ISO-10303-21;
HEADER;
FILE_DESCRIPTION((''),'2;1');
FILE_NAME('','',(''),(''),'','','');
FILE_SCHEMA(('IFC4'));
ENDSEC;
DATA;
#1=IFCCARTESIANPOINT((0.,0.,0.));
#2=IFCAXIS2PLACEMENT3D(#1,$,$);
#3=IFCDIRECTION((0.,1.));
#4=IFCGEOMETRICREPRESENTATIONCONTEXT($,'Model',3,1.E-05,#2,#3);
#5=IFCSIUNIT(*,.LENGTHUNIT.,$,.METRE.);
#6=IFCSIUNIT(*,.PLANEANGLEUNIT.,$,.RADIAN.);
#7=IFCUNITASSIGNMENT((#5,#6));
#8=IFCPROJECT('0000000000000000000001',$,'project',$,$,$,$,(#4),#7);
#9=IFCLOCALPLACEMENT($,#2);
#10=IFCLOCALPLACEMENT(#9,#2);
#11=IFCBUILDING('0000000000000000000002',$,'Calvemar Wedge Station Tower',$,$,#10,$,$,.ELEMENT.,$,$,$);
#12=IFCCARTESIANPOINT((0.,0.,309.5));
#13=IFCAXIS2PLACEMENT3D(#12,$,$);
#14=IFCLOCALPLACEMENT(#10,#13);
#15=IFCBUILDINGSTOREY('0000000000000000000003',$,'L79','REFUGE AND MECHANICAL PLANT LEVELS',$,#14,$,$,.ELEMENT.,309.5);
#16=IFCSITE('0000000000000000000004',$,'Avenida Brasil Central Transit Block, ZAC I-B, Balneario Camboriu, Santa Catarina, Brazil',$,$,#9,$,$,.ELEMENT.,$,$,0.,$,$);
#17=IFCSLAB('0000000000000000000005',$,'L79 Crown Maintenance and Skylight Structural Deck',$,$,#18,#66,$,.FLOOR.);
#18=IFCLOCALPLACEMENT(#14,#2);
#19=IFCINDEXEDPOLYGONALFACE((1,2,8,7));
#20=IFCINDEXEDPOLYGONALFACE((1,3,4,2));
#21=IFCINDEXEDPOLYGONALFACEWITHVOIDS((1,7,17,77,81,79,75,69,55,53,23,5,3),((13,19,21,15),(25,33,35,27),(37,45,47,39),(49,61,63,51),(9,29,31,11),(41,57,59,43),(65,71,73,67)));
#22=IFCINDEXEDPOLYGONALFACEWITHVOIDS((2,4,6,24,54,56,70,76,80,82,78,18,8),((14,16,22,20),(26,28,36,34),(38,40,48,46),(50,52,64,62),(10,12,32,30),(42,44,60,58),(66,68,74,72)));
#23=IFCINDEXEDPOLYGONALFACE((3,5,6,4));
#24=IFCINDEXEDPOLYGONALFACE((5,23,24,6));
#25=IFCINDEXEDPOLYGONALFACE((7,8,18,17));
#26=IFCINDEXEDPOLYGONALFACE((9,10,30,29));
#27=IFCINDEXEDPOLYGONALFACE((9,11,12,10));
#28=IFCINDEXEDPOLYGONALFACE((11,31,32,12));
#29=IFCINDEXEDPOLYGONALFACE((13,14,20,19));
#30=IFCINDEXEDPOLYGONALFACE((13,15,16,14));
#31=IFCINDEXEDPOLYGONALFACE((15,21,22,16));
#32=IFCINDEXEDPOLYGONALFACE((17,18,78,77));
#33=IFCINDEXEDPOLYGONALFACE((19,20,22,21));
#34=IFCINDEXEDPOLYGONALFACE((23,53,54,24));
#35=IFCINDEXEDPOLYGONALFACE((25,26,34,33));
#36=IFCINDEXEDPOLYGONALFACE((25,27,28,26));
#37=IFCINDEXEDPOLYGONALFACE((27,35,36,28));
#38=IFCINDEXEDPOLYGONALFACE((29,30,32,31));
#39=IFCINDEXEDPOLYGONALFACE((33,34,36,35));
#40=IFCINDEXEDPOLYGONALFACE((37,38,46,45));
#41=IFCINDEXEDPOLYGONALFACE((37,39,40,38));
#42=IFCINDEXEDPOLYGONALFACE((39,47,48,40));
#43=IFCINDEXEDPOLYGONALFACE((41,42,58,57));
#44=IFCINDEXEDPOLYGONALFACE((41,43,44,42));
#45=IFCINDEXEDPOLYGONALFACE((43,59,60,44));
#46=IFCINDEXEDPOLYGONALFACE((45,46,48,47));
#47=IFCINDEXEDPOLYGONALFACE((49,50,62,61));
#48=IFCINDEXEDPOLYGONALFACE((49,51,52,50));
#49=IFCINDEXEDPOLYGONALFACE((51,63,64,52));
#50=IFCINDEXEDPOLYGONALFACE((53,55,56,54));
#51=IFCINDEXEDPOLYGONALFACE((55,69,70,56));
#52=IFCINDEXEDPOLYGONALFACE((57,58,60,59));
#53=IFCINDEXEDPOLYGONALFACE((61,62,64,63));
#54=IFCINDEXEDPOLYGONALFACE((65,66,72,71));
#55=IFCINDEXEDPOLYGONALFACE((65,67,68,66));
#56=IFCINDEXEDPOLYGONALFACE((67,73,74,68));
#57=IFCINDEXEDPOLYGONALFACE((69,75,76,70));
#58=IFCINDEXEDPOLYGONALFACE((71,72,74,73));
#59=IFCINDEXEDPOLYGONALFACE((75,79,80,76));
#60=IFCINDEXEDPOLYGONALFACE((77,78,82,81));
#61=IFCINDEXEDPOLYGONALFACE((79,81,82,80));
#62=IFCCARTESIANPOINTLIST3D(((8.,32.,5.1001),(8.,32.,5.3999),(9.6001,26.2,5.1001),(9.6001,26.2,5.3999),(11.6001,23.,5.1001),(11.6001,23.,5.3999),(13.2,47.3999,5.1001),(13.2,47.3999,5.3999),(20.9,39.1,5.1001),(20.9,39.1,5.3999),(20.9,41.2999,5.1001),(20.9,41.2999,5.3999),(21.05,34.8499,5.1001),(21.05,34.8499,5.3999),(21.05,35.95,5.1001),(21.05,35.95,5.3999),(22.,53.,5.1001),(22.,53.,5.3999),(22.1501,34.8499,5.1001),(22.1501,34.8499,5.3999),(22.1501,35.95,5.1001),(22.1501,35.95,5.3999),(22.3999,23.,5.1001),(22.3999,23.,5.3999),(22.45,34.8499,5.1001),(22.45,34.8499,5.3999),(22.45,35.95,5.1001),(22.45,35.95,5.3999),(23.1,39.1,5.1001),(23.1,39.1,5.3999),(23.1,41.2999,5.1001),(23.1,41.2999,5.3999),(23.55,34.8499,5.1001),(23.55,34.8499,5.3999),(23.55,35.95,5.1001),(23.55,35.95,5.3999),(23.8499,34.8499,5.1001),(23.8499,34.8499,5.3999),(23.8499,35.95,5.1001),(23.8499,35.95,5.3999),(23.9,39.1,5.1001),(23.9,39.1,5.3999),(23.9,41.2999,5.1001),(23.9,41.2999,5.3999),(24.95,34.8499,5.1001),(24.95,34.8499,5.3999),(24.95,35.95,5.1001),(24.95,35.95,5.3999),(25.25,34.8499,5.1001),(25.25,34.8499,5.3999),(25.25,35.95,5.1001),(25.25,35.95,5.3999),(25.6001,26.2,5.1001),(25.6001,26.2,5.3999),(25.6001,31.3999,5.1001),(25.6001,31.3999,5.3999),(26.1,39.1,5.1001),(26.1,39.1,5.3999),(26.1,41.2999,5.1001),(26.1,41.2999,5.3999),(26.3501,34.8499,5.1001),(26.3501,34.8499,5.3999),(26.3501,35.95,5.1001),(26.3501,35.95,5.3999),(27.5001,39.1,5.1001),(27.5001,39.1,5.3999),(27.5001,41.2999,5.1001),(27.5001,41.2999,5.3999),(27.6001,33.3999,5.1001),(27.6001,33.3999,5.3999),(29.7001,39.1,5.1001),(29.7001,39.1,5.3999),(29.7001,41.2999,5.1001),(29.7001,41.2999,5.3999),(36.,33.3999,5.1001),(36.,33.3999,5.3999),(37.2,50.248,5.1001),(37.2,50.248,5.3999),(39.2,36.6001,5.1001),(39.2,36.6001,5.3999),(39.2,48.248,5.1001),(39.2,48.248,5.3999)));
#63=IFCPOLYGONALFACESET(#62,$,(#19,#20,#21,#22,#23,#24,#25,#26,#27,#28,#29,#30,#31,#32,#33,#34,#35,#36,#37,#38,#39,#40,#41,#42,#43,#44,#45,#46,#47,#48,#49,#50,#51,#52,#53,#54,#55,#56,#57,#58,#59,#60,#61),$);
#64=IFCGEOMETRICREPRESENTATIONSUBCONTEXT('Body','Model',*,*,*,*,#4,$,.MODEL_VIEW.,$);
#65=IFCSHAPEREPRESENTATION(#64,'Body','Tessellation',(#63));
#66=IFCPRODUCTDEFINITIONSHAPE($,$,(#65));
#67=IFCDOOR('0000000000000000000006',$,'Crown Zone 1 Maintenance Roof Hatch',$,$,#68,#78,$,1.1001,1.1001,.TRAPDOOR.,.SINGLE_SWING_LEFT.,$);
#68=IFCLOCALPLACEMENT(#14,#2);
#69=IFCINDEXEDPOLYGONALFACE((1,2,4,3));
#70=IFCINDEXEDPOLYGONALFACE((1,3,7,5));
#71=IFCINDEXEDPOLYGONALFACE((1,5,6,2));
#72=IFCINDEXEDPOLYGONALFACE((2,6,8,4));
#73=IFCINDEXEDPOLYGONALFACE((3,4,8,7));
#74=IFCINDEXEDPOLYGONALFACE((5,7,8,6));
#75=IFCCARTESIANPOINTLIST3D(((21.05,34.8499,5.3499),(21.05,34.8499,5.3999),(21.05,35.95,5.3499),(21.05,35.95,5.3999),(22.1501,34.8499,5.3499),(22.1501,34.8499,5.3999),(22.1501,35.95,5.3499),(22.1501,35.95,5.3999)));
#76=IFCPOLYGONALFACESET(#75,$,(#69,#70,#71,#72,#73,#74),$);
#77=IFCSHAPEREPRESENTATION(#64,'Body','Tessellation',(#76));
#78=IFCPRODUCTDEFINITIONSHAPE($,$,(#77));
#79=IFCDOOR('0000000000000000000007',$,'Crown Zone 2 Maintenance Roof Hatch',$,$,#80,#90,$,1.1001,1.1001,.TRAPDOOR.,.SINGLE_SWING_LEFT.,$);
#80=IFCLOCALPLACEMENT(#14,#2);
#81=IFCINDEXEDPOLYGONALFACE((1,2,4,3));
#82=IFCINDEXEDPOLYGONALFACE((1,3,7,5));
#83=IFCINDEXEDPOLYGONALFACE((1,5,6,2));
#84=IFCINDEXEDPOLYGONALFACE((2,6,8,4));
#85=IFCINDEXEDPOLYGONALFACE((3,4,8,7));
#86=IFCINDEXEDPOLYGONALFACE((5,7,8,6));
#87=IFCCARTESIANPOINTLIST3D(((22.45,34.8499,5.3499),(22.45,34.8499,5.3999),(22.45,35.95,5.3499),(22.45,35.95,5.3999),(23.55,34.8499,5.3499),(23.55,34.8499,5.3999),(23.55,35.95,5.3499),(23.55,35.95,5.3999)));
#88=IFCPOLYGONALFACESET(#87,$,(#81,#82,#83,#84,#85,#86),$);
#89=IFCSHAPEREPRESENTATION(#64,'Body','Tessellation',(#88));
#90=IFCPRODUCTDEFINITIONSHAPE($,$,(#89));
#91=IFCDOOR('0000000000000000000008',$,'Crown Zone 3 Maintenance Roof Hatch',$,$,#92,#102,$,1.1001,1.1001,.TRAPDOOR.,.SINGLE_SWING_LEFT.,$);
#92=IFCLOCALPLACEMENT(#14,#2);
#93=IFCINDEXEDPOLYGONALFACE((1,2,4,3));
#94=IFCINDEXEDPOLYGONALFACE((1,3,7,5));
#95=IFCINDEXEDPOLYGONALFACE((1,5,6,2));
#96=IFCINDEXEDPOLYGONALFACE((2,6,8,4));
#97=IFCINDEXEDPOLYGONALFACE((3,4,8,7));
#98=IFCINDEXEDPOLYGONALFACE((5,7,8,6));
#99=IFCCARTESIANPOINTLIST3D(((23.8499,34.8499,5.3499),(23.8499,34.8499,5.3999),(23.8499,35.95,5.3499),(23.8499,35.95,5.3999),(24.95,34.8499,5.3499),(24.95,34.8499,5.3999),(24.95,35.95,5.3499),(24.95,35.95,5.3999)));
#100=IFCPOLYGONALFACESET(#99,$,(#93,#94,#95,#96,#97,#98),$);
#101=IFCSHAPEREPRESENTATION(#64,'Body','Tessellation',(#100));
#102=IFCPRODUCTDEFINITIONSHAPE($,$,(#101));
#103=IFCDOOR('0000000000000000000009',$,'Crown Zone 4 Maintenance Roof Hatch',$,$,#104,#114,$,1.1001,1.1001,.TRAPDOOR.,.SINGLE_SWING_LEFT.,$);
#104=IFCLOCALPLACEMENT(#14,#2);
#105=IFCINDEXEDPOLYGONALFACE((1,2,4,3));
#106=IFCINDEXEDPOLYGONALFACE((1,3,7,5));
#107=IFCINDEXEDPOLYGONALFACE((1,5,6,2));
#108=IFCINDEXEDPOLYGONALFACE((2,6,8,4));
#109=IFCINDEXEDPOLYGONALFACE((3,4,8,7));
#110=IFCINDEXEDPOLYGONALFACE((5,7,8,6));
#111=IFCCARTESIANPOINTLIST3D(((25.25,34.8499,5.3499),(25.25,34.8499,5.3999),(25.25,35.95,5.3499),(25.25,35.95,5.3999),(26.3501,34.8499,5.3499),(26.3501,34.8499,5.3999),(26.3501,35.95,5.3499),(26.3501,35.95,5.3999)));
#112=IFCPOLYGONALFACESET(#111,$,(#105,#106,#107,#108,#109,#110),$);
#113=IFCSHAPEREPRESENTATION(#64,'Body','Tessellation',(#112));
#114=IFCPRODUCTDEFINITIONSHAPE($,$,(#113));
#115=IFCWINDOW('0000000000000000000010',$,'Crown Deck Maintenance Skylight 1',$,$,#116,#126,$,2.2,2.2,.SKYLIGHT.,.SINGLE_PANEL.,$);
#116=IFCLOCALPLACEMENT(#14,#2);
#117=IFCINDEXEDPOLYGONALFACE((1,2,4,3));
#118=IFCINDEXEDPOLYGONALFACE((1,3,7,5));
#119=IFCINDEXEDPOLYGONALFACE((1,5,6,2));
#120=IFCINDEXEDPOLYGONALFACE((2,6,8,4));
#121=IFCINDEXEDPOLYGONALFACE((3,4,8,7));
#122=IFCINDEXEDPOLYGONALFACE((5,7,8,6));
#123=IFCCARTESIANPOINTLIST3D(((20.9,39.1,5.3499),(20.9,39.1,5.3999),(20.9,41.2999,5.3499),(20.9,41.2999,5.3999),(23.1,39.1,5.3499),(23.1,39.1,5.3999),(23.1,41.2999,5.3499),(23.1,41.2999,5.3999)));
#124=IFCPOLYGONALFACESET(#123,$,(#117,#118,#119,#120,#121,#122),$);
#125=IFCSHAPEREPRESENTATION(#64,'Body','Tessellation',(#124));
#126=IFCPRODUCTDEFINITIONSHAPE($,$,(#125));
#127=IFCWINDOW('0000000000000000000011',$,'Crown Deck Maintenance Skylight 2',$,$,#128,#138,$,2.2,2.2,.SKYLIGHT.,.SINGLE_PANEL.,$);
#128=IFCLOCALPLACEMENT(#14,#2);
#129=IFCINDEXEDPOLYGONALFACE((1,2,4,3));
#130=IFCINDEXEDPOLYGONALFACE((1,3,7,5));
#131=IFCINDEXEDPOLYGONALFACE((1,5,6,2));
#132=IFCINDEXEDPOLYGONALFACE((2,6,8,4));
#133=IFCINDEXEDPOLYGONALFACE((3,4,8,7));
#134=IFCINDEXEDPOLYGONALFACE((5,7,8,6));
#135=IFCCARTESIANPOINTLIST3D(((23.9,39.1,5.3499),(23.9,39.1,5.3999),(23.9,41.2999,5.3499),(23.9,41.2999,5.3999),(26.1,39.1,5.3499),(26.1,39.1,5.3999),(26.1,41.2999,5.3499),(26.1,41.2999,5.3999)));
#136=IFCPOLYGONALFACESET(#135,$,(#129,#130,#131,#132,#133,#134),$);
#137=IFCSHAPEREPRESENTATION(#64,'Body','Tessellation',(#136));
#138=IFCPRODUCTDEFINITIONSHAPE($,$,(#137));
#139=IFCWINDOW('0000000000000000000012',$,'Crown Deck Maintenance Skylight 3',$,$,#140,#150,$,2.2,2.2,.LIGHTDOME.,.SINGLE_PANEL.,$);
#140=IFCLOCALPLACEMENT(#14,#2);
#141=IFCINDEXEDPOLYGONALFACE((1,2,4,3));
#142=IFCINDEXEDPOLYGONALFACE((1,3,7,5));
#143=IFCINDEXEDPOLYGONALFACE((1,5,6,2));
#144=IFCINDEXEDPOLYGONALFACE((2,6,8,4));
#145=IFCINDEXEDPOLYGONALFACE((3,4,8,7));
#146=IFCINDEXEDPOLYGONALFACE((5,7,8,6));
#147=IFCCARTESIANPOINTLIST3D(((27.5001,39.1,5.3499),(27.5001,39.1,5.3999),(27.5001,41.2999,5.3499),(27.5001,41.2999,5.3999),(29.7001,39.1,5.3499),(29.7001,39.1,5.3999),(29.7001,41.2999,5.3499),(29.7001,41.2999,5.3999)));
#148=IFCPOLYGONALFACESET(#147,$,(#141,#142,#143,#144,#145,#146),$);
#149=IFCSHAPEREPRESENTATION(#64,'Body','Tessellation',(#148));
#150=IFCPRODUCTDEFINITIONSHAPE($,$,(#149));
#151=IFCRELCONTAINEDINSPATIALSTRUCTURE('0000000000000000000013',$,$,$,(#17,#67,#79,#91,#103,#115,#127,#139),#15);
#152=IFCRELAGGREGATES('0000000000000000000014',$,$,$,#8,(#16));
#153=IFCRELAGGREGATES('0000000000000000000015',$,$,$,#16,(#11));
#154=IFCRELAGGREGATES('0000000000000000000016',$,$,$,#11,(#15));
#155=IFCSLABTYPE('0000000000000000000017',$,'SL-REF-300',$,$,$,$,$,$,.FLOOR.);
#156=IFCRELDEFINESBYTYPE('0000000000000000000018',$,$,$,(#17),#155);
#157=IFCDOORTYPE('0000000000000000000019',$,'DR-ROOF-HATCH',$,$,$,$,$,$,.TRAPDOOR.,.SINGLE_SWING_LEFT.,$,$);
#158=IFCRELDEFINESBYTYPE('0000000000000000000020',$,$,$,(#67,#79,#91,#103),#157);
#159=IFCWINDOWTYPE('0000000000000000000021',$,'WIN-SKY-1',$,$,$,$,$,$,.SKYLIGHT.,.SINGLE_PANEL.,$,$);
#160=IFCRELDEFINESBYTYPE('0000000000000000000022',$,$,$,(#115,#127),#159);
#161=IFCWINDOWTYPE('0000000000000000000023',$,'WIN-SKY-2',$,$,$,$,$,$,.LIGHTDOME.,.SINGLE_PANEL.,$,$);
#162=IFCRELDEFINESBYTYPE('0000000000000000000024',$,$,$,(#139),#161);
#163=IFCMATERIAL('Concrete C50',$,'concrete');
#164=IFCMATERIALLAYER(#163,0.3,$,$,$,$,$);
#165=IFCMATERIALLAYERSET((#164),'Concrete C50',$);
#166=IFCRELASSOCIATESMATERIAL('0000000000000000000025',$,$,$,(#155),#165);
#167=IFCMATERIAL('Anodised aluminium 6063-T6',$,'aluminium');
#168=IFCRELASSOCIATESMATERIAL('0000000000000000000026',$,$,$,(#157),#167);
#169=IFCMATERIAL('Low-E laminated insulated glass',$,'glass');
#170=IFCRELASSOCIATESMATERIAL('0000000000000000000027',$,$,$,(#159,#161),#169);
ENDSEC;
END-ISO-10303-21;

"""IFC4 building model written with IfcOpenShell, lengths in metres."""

from ifc_helpers import new_model, si_unit, direction, frame, origin, origin_2d, place, context, subcontext, project, spatial, polyline, rectangle, outline, extrude, material, layer, layer_set, type_object, element, fill, save


model = new_model("IFC4")

# Units and contexts
model_context = context("Model", 3, precision=1e-05, world=origin(), true_north=direction((0.0, 1.0)))
body_context = subcontext(model_context, "Body", "Model", "MODEL_VIEW")
ifc_project = project(units=[si_unit("LENGTHUNIT", "METRE"), si_unit("PLANEANGLEUNIT", "RADIAN")], contexts=[model_context])

# Site, building, storey
site_placement = place(None, origin())
site = spatial("IfcSite", under=ifc_project, at=site_placement, Name="Avenida Brasil Central Transit Block, ZAC I-B, Balneario Camboriu, Santa Catarina, Brazil", CompositionType="ELEMENT", RefElevation=0.0)
building_placement = place(site_placement, origin())
building = spatial("IfcBuilding", under=site, at=building_placement, Name="Calvemar Wedge Station Tower", CompositionType="ELEMENT")
storey_placement = place(building_placement, frame((0.0, 0.0, 309.5)))
storey = spatial("IfcBuildingStorey", under=building, at=storey_placement, Name="L79", Description="REFUGE AND MECHANICAL PLANT LEVELS", CompositionType="ELEMENT", Elevation=309.5)

# Slab, openings, doors, windows
ifc_material_1 = material(Name="Concrete C50", Category="concrete")
ifc_layer_1 = layer(ifc_material_1, 0.3)
ifc_layer_set_1 = layer_set([ifc_layer_1], Name="Concrete C50")
slab_type_1 = type_object("IfcSlabType", Name="SL-REF-300", PredefinedType="FLOOR", material=ifc_layer_set_1)
slab_1_placement = place(storey_placement, frame((0.0, 0.0, 5.1001)))
slab_1 = element("IfcSlab", 1, at=slab_1_placement, inside=storey, type_object=slab_type_1, Name="L79 Crown Maintenance and Skylight Structural Deck", PredefinedType="FLOOR", context=body_context, shape_type="SweptSolid", body=[
    extrude(outline(polyline([(8.0, 32.0), (9.6001, 26.2), (11.6001, 23.0), (22.3999, 23.0), (25.6001, 26.2), (25.6001, 31.3999), (27.6001, 33.3999), (36.0, 33.3999), (39.2, 36.6001), (39.2, 48.248), (37.2, 50.248), (22.0, 53.0), (13.2, 47.3999), (8.0, 32.0)])), origin(), (0.0, 0.0, 1.0), 0.2998),
])
opening_1_placement = place(slab_1_placement, frame((21.6001, 35.3999, 0.0)))
opening_1 = element("IfcOpeningElement", 2, at=opening_1_placement, cuts=slab_1, PredefinedType="OPENING", context=body_context, shape_type="SweptSolid", body=[
    extrude(rectangle(XDim=1.1001, YDim=1.1001, at=origin_2d()), origin(), (0.0, 0.0, 1.0), 0.2998),
])
opening_2_placement = place(slab_1_placement, frame((23.0, 35.3999, 0.0)))
opening_2 = element("IfcOpeningElement", 3, at=opening_2_placement, cuts=slab_1, PredefinedType="OPENING", context=body_context, shape_type="SweptSolid", body=[
    extrude(rectangle(XDim=1.1001, YDim=1.1001, at=origin_2d()), origin(), (0.0, 0.0, 1.0), 0.2998),
])
opening_3_placement = place(slab_1_placement, frame((24.3999, 35.3999, 0.0)))
opening_3 = element("IfcOpeningElement", 4, at=opening_3_placement, cuts=slab_1, PredefinedType="OPENING", context=body_context, shape_type="SweptSolid", body=[
    extrude(rectangle(XDim=1.1001, YDim=1.1001, at=origin_2d()), origin(), (0.0, 0.0, 1.0), 0.2998),
])
opening_4_placement = place(slab_1_placement, frame((25.8, 35.3999, 0.0)))
opening_4 = element("IfcOpeningElement", 5, at=opening_4_placement, cuts=slab_1, PredefinedType="OPENING", context=body_context, shape_type="SweptSolid", body=[
    extrude(rectangle(XDim=1.1001, YDim=1.1001, at=origin_2d()), origin(), (0.0, 0.0, 1.0), 0.2998),
])
opening_5_placement = place(slab_1_placement, frame((22.0, 40.2, 0.0)))
opening_5 = element("IfcOpeningElement", 6, at=opening_5_placement, cuts=slab_1, PredefinedType="OPENING", context=body_context, shape_type="SweptSolid", body=[
    extrude(rectangle(XDim=2.2, YDim=2.2, at=origin_2d()), origin(), (0.0, 0.0, 1.0), 0.2998),
])
opening_6_placement = place(slab_1_placement, frame((25.0, 40.2, 0.0)))
opening_6 = element("IfcOpeningElement", 7, at=opening_6_placement, cuts=slab_1, PredefinedType="OPENING", context=body_context, shape_type="SweptSolid", body=[
    extrude(rectangle(XDim=2.2, YDim=2.2, at=origin_2d()), origin(), (0.0, 0.0, 1.0), 0.2998),
])
opening_7_placement = place(slab_1_placement, frame((28.6001, 40.2, 0.0)))
opening_7 = element("IfcOpeningElement", 8, at=opening_7_placement, cuts=slab_1, PredefinedType="OPENING", context=body_context, shape_type="SweptSolid", body=[
    extrude(rectangle(XDim=2.2, YDim=2.2, at=origin_2d()), origin(), (0.0, 0.0, 1.0), 0.2998),
])
ifc_material_2 = material(Name="Anodised aluminium 6063-T6", Category="aluminium")
door_type = type_object("IfcDoorType", Name="DR-ROOF-HATCH", OperationType="SINGLE_SWING_LEFT", PredefinedType="TRAPDOOR", material=ifc_material_2)
door_1_placement = place(opening_1_placement, frame((0.0, 0.0, 0.2498)))
door_1 = element("IfcDoor", 9, at=door_1_placement, inside=storey, type_object=door_type, Name="Crown Zone 1 Maintenance Roof Hatch", OperationType="SINGLE_SWING_LEFT", OverallHeight=1.1001, OverallWidth=1.1001, PredefinedType="TRAPDOOR", context=body_context, shape_type="SweptSolid", body=[
    extrude(rectangle(XDim=1.1001, YDim=1.1001, at=origin_2d()), origin(), (0.0, 0.0, 1.0), 0.05),
])
fill(opening_1, door_1)
door_2_placement = place(opening_2_placement, frame((0.0, 0.0, 0.2498)))
door_2 = element("IfcDoor", 10, at=door_2_placement, inside=storey, type_object=door_type, Name="Crown Zone 2 Maintenance Roof Hatch", OperationType="SINGLE_SWING_LEFT", OverallHeight=1.1001, OverallWidth=1.1001, PredefinedType="TRAPDOOR", context=body_context, shape_type="SweptSolid", body=[
    extrude(rectangle(XDim=1.1001, YDim=1.1001, at=origin_2d()), origin(), (0.0, 0.0, 1.0), 0.05),
])
fill(opening_2, door_2)
door_3_placement = place(opening_3_placement, frame((0.0, 0.0, 0.2498)))
door_3 = element("IfcDoor", 11, at=door_3_placement, inside=storey, type_object=door_type, Name="Crown Zone 3 Maintenance Roof Hatch", OperationType="SINGLE_SWING_LEFT", OverallHeight=1.1001, OverallWidth=1.1001, PredefinedType="TRAPDOOR", context=body_context, shape_type="SweptSolid", body=[
    extrude(rectangle(XDim=1.1001, YDim=1.1001, at=origin_2d()), origin(), (0.0, 0.0, 1.0), 0.05),
])
fill(opening_3, door_3)
door_4_placement = place(opening_4_placement, frame((0.0, 0.0, 0.2498)))
door_4 = element("IfcDoor", 12, at=door_4_placement, inside=storey, type_object=door_type, Name="Crown Zone 4 Maintenance Roof Hatch", OperationType="SINGLE_SWING_LEFT", OverallHeight=1.1001, OverallWidth=1.1001, PredefinedType="TRAPDOOR", context=body_context, shape_type="SweptSolid", body=[
    extrude(rectangle(XDim=1.1001, YDim=1.1001, at=origin_2d()), origin(), (0.0, 0.0, 1.0), 0.05),
])
fill(opening_4, door_4)
ifc_material_3 = material(Name="Low-E laminated insulated glass", Category="glass")
window_type_1 = type_object("IfcWindowType", Name="WIN-SKY-1", PartitioningType="SINGLE_PANEL", PredefinedType="SKYLIGHT", material=ifc_material_3)
window_1_placement = place(opening_5_placement, frame((0.0, 0.0, 0.2498)))
window_1 = element("IfcWindow", 13, at=window_1_placement, inside=storey, type_object=window_type_1, Name="Crown Deck Maintenance Skylight 1", OverallHeight=2.2, OverallWidth=2.2, PartitioningType="SINGLE_PANEL", PredefinedType="SKYLIGHT", context=body_context, shape_type="SweptSolid", body=[
    extrude(rectangle(XDim=2.2, YDim=2.2, at=origin_2d()), origin(), (0.0, 0.0, 1.0), 0.05),
])
fill(opening_5, window_1)
window_2_placement = place(opening_6_placement, frame((0.0, 0.0, 0.2498)))
window_2 = element("IfcWindow", 14, at=window_2_placement, inside=storey, type_object=window_type_1, Name="Crown Deck Maintenance Skylight 2", OverallHeight=2.2, OverallWidth=2.2, PartitioningType="SINGLE_PANEL", PredefinedType="SKYLIGHT", context=body_context, shape_type="SweptSolid", body=[
    extrude(rectangle(XDim=2.2, YDim=2.2, at=origin_2d()), origin(), (0.0, 0.0, 1.0), 0.05),
])
fill(opening_6, window_2)
window_type_2 = type_object("IfcWindowType", Name="WIN-SKY-2", PartitioningType="SINGLE_PANEL", PredefinedType="LIGHTDOME", material=ifc_material_3)
window_3_placement = place(opening_7_placement, frame((0.0, 0.0, 0.2498)))
window_3 = element("IfcWindow", 15, at=window_3_placement, inside=storey, type_object=window_type_2, Name="Crown Deck Maintenance Skylight 3", OverallHeight=2.2, OverallWidth=2.2, PartitioningType="SINGLE_PANEL", PredefinedType="LIGHTDOME", context=body_context, shape_type="SweptSolid", body=[
    extrude(rectangle(XDim=2.2, YDim=2.2, at=origin_2d()), origin(), (0.0, 0.0, 1.0), 0.05),
])
fill(opening_7, window_3)

save(model, "model.ifc")
